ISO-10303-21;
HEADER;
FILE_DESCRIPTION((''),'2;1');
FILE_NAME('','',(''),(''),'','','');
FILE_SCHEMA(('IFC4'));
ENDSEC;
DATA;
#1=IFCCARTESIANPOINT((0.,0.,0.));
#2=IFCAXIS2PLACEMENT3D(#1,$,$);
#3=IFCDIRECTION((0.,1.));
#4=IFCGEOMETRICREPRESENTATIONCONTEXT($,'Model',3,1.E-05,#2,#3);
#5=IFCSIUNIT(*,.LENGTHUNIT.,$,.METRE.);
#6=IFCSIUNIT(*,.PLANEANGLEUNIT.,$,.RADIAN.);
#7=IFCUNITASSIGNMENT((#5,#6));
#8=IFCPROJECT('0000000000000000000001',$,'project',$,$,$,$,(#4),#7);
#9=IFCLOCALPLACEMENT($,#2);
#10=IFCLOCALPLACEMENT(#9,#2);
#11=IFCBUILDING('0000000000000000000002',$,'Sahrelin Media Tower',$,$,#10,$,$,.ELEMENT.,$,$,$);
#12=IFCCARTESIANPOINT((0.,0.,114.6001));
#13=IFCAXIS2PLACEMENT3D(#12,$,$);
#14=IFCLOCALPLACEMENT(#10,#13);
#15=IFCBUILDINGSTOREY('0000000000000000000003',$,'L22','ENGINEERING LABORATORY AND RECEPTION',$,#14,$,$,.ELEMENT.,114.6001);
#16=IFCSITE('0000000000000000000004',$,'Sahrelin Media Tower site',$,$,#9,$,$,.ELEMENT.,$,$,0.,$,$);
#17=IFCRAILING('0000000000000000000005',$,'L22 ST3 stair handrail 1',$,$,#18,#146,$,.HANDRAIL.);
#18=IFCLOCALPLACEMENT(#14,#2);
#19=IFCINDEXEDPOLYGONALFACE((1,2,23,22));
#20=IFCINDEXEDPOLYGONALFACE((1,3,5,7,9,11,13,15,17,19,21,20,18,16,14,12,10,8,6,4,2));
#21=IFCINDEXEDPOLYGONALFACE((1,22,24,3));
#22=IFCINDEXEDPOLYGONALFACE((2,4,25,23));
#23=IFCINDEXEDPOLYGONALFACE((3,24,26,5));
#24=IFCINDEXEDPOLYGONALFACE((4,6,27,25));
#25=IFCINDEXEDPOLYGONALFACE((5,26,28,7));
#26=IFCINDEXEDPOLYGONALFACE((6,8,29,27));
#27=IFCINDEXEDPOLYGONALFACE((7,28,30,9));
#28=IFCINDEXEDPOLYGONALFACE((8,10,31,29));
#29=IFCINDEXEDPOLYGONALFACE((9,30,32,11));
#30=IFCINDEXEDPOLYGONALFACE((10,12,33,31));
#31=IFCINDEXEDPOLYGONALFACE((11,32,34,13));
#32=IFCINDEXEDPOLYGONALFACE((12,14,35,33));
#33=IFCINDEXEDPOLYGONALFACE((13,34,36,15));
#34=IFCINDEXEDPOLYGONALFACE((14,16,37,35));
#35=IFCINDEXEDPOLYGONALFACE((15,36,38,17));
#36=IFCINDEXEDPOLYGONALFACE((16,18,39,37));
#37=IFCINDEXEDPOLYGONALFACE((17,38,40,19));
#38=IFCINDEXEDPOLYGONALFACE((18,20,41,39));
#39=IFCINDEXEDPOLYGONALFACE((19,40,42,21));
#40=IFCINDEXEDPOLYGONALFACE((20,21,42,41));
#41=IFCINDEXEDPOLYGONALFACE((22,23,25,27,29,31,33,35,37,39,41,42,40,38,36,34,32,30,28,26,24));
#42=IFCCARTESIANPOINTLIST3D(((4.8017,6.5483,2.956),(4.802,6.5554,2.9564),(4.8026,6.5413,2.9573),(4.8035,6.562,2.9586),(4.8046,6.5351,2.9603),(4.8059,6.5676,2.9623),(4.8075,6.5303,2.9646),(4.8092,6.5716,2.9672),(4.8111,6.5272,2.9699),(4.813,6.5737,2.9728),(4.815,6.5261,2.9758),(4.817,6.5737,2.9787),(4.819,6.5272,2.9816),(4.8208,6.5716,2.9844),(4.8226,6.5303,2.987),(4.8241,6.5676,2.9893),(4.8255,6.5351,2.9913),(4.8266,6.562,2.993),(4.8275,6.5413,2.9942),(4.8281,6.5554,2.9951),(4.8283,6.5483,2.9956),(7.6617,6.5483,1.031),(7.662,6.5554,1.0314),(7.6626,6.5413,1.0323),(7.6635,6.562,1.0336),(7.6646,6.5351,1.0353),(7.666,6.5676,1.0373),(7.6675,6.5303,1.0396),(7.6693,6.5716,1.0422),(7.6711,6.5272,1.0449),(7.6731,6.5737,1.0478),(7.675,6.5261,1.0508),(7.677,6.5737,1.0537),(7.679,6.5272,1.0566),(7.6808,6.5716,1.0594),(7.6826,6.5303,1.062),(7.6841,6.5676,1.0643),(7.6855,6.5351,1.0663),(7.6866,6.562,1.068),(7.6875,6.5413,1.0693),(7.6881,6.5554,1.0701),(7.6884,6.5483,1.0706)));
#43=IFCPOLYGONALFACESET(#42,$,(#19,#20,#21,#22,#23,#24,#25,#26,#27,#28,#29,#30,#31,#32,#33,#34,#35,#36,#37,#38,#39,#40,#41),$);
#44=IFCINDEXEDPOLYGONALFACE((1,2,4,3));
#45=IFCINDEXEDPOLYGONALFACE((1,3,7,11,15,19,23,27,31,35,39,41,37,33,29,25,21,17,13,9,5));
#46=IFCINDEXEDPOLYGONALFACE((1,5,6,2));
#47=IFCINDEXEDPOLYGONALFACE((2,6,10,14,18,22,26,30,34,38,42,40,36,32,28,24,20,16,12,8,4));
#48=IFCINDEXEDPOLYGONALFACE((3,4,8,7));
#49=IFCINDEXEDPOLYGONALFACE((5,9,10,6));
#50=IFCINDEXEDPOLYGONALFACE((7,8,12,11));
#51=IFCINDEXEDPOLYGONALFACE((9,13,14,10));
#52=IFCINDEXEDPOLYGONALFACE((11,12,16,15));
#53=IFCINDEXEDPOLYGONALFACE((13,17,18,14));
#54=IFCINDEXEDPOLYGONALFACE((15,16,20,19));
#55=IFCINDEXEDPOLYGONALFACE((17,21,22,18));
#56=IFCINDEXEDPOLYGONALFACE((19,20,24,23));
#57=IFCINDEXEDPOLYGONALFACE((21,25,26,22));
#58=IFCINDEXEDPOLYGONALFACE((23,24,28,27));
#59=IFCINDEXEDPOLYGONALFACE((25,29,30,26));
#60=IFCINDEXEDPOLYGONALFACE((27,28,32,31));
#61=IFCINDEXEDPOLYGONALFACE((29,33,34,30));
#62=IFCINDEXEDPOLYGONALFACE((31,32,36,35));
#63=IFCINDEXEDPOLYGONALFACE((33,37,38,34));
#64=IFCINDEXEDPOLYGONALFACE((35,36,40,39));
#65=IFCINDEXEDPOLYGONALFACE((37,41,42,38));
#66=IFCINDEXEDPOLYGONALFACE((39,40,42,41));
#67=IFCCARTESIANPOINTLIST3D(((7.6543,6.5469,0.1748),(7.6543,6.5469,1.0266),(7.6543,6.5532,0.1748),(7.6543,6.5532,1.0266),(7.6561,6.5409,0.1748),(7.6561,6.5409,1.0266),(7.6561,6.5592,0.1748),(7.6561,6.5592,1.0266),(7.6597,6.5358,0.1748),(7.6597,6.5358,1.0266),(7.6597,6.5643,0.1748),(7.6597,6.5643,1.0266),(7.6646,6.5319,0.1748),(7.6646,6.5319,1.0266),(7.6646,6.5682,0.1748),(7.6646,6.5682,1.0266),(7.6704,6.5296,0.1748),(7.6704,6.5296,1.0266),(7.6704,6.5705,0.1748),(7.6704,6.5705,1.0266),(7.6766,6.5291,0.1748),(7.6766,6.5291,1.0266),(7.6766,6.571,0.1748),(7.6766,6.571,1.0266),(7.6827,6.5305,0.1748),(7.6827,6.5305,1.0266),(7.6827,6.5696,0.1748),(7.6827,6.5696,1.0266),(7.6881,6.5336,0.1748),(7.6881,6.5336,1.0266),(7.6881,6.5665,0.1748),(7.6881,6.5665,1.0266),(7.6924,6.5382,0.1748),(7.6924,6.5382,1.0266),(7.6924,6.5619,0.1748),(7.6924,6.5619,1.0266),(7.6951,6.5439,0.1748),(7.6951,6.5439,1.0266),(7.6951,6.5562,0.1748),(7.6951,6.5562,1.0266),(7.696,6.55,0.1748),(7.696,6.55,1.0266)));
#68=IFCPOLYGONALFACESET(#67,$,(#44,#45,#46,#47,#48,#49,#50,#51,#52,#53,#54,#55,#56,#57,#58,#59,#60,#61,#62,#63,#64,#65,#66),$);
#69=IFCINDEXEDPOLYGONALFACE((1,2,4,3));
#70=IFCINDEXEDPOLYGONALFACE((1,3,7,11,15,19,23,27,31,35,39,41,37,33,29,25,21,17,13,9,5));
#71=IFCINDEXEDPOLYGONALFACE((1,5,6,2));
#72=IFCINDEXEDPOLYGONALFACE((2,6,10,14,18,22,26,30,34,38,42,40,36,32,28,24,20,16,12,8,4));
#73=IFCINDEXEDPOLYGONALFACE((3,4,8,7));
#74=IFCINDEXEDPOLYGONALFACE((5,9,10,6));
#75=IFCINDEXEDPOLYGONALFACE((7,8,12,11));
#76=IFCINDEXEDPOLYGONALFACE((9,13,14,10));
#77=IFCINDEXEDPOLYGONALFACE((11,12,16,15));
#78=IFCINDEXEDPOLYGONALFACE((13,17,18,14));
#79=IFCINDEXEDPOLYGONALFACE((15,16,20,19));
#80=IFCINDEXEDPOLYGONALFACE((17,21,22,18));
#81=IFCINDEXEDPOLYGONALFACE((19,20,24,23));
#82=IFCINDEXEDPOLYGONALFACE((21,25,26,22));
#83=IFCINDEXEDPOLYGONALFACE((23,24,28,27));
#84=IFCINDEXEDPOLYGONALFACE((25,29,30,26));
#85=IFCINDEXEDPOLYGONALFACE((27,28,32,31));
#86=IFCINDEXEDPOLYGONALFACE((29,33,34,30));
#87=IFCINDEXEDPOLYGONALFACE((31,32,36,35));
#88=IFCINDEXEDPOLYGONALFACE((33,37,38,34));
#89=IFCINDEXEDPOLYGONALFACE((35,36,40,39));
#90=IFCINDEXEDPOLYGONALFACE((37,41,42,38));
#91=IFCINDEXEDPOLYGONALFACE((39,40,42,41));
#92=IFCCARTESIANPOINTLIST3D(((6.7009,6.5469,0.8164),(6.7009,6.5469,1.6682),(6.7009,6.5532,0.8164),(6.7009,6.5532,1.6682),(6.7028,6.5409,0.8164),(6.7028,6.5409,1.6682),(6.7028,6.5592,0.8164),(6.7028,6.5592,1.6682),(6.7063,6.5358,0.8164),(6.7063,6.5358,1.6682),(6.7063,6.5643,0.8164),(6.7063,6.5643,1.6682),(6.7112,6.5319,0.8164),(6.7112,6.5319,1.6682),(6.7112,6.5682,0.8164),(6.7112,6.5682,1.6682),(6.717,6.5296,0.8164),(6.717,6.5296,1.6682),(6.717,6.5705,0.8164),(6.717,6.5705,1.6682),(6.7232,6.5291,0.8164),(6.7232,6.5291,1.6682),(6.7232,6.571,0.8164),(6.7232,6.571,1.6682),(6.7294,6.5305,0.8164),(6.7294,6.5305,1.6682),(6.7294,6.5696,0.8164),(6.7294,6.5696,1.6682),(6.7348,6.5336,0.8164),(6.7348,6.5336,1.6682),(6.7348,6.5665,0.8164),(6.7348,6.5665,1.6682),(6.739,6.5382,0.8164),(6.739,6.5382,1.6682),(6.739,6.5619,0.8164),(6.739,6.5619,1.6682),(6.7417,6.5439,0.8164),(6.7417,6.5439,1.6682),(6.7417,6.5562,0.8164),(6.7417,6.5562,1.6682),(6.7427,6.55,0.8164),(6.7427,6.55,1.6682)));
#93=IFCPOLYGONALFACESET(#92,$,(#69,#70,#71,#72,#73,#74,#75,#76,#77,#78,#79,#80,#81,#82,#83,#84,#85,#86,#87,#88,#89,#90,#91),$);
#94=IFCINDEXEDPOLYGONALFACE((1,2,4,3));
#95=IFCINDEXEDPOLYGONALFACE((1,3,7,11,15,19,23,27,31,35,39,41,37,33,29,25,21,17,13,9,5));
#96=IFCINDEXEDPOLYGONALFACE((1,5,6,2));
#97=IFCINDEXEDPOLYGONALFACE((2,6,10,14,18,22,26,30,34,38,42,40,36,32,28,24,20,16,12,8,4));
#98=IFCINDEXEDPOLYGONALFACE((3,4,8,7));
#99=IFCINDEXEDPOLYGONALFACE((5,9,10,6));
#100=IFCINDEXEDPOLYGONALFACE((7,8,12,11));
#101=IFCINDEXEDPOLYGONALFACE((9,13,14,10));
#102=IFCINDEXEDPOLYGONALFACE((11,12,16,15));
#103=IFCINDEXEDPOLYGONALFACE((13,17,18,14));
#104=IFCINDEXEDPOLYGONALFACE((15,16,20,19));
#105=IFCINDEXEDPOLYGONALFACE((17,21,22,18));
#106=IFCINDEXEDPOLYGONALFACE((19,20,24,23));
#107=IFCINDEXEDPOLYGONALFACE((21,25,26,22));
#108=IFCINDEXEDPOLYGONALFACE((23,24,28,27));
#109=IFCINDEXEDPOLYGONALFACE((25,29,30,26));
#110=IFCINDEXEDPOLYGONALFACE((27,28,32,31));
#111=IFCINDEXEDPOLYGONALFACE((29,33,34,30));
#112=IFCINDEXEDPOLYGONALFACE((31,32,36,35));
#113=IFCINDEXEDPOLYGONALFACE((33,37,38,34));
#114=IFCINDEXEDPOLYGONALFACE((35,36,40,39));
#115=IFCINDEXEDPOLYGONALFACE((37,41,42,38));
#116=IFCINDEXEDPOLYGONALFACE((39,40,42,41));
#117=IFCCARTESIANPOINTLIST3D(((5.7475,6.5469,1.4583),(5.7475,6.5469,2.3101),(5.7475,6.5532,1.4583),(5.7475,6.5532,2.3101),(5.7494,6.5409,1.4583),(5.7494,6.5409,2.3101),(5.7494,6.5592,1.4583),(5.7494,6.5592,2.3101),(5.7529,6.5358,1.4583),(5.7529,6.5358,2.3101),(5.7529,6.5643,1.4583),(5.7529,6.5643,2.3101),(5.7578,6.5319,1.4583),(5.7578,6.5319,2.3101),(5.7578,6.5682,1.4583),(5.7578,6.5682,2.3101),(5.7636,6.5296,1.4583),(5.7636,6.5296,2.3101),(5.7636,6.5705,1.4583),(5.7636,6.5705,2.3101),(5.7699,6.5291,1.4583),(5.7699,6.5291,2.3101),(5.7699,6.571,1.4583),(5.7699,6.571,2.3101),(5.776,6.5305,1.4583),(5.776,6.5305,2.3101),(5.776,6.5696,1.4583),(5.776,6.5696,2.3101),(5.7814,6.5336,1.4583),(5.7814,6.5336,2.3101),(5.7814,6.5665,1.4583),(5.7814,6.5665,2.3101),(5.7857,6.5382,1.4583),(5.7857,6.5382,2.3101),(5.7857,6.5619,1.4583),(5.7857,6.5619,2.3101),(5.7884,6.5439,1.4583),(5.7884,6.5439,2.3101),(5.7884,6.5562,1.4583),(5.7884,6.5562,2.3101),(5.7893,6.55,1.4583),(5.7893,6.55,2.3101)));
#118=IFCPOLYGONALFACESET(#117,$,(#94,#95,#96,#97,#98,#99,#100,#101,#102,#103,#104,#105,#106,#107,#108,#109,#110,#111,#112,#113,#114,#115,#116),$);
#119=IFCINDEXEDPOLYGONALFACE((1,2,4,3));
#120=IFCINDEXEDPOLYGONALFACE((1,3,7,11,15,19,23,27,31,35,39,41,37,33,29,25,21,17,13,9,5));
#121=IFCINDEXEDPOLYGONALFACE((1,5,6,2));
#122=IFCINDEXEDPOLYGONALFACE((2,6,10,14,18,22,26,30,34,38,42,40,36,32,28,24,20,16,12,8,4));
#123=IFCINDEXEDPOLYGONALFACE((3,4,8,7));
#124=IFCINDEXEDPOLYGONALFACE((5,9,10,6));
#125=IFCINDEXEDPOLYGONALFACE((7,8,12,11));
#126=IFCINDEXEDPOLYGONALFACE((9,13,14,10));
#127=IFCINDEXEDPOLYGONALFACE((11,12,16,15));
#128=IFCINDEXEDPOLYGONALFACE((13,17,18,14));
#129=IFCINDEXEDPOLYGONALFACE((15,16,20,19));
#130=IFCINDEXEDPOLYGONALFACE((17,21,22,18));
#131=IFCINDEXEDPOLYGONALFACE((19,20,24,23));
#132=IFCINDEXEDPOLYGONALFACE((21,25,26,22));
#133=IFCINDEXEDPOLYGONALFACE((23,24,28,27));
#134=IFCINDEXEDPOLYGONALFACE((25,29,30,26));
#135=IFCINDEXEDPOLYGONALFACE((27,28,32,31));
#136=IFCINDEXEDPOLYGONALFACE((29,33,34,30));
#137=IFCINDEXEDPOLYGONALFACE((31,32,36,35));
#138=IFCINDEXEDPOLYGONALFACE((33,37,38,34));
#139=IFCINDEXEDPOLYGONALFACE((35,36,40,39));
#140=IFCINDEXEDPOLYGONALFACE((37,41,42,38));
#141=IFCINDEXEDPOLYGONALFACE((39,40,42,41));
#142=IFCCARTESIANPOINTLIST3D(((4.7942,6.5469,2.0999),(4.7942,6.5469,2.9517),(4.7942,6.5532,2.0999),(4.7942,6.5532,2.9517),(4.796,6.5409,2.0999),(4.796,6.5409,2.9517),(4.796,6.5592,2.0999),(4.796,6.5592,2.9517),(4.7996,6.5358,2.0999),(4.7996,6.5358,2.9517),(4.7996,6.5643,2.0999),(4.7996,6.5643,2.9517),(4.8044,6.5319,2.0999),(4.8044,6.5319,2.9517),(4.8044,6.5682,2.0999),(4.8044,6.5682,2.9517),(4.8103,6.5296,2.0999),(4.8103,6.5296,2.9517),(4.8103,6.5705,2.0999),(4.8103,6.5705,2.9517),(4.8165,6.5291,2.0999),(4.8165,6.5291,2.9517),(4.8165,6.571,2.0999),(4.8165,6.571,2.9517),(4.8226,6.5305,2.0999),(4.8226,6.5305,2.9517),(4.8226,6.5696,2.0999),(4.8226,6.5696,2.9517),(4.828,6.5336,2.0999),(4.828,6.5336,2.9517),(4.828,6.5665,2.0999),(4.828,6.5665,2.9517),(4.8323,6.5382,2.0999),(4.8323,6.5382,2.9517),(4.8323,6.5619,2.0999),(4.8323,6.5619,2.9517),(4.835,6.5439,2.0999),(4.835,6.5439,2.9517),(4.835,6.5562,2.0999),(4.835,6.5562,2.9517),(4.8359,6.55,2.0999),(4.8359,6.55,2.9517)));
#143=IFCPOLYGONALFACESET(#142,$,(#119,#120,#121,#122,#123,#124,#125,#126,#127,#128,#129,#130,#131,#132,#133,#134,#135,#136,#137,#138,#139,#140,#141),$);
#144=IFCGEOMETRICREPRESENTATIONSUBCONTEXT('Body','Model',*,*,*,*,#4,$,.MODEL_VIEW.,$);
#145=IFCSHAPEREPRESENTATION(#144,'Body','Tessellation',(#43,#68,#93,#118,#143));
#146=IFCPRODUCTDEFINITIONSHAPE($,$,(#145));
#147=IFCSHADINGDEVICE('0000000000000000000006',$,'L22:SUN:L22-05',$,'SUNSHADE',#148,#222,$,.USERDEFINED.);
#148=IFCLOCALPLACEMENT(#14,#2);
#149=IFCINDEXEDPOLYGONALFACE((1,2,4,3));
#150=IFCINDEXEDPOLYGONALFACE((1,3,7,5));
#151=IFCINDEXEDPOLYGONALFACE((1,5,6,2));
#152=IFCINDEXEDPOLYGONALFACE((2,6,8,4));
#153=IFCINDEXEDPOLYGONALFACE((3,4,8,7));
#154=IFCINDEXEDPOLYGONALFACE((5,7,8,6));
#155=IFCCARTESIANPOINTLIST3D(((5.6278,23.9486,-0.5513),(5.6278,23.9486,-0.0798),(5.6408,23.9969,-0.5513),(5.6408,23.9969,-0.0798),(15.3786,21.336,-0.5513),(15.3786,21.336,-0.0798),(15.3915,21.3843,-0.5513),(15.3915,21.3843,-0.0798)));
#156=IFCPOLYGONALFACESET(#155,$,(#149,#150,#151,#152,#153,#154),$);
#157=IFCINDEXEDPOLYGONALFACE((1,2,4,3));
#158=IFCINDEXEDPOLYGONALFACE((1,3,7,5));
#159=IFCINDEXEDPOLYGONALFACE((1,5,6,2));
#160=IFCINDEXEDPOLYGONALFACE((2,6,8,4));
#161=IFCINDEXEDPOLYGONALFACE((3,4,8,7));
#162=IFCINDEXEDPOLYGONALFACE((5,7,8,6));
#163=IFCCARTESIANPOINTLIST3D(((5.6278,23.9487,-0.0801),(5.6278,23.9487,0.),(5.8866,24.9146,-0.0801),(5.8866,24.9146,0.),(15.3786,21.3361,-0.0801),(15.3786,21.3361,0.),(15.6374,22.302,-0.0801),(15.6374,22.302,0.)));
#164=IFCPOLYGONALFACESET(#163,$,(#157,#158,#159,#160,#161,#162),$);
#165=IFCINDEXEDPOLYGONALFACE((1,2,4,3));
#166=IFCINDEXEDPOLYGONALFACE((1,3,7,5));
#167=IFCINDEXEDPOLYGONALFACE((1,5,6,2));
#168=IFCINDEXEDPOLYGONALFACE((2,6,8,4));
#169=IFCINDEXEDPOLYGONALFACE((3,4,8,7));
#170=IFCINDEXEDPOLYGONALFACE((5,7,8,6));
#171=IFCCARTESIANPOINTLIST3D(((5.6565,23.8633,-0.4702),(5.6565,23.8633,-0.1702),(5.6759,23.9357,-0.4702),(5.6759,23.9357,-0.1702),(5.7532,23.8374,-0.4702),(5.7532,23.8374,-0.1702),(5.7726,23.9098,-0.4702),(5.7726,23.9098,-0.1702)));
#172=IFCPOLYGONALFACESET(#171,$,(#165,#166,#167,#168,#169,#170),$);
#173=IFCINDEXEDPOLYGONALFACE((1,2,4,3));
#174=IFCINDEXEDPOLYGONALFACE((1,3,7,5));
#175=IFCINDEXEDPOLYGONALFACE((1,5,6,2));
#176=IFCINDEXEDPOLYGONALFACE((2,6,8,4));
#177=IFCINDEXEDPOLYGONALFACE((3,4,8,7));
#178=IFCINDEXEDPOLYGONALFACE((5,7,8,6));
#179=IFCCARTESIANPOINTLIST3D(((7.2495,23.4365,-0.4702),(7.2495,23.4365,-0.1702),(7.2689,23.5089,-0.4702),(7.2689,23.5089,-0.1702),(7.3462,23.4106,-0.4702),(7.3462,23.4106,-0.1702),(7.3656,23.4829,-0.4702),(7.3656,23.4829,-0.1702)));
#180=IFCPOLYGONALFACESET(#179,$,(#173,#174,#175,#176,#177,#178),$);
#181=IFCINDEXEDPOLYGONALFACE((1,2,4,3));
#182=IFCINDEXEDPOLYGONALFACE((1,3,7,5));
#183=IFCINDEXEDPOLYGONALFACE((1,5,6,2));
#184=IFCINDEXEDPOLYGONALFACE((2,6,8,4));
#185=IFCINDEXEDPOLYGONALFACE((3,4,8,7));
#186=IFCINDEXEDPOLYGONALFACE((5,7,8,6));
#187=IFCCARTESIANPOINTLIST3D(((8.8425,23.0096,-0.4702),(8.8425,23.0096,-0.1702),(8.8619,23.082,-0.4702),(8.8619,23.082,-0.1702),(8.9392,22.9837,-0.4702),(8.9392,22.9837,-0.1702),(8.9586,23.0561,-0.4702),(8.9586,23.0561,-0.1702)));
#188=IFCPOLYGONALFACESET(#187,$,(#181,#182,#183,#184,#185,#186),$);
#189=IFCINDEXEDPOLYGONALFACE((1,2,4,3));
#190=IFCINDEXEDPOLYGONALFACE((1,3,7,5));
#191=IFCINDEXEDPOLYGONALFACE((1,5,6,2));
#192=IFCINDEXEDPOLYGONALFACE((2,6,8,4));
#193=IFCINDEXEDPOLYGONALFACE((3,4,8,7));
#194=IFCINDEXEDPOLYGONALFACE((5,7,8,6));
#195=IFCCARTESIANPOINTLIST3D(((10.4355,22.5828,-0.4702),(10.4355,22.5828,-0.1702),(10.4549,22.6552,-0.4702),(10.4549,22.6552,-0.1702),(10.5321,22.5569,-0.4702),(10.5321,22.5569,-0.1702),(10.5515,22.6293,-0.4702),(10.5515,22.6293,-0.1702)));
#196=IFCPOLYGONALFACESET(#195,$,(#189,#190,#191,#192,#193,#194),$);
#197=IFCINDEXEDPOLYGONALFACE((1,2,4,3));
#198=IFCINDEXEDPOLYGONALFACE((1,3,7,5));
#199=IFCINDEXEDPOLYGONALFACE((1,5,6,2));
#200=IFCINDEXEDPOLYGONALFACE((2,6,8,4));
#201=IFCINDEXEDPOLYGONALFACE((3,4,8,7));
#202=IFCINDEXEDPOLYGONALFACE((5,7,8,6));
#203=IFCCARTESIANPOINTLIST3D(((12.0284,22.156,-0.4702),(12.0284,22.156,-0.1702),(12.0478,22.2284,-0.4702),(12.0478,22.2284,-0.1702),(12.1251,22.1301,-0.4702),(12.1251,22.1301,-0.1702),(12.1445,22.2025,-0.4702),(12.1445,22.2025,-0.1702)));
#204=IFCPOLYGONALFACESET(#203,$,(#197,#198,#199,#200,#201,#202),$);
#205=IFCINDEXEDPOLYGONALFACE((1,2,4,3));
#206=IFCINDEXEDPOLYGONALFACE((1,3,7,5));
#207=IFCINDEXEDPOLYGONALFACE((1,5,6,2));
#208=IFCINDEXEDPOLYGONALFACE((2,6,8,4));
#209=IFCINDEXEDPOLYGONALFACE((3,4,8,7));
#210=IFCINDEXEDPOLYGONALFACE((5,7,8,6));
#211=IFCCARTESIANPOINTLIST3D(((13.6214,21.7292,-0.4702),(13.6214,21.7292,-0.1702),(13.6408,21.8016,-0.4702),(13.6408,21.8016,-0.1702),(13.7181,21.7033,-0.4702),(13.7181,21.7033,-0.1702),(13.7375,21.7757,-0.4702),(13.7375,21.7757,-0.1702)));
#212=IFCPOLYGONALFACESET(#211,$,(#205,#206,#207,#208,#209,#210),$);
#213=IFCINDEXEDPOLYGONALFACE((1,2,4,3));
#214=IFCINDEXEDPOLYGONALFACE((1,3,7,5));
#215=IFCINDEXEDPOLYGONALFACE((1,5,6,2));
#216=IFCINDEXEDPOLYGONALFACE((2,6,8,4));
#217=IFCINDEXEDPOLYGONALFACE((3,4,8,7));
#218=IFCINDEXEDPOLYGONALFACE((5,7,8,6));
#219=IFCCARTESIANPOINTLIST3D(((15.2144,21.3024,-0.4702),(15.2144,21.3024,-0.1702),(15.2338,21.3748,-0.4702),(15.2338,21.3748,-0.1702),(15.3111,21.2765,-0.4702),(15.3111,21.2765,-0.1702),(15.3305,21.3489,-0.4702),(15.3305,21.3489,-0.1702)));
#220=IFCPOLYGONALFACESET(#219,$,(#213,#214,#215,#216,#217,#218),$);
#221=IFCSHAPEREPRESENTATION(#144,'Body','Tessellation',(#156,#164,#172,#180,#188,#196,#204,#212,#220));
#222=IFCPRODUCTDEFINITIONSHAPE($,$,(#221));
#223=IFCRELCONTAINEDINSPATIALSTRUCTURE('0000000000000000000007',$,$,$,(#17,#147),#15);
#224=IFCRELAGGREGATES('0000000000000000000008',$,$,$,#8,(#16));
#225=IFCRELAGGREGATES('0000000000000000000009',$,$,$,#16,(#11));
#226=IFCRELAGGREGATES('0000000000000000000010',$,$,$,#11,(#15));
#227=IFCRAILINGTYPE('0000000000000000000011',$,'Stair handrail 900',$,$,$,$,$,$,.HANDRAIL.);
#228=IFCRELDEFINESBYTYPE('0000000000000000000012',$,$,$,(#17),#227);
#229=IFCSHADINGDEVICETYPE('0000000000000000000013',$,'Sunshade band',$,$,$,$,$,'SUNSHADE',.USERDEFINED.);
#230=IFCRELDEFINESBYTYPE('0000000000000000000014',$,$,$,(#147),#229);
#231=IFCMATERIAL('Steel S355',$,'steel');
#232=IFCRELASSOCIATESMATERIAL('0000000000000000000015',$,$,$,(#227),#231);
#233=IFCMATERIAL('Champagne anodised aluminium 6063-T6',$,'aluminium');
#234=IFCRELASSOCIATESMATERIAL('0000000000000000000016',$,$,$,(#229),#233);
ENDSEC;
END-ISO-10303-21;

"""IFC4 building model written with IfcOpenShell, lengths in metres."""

from ifc_helpers import new_model, si_unit, direction, frame, origin, origin_2d, place, context, subcontext, project, spatial, rectangle, circle, extrude, material, type_object, element, save


model = new_model("IFC4")

# Units and contexts
model_context = context("Model", 3, precision=1e-05, world=origin(), true_north=direction((0.0, 1.0)))
body_context = subcontext(model_context, "Body", "Model", "MODEL_VIEW")
ifc_project = project(units=[si_unit("LENGTHUNIT", "METRE"), si_unit("PLANEANGLEUNIT", "RADIAN")], contexts=[model_context])

# Site, building, storey
site_placement = place(None, origin())
site = spatial("IfcSite", under=ifc_project, at=site_placement, Name="Sahrelin Media Tower site", CompositionType="ELEMENT", RefElevation=0.0)
building_placement = place(site_placement, origin())
building = spatial("IfcBuilding", under=site, at=building_placement, Name="Sahrelin Media Tower", CompositionType="ELEMENT")
storey_placement = place(building_placement, frame((0.0, 0.0, 114.6001)))
storey = spatial("IfcBuildingStorey", under=building, at=storey_placement, Name="L22", Description="ENGINEERING LABORATORY AND RECEPTION", CompositionType="ELEMENT", Elevation=114.6001)

# Shared definitions
ifc_material_1 = material(Name="Steel S355", Category="steel")

# Shared definitions
ifc_material_2 = material(Name="Champagne anodised aluminium 6063-T6", Category="aluminium")

# Shared definitions
placement_1 = place(storey_placement, frame((10.498, 22.623, 0.0), z_axis=(0.0, 0.0, 1.0), x_axis=(0.965929, -0.258808, 0.0)))

# Railing
railing_type = type_object("IfcRailingType", Name="Stair handrail 900", PredefinedType="HANDRAIL", material=ifc_material_1)
railing_placement = place(storey_placement, frame((7.675, 6.55, 0.1748)))
element("IfcRailing", 1, at=railing_placement, inside=storey, type_object=railing_type, Name="L22 ST3 stair handrail 1", PredefinedType="HANDRAIL", context=body_context, shape_type="SweptSolid", body=[
    extrude(circle(Radius=0.0239, at=origin_2d()), frame((0.0, 0.0, 0.876), z_axis=(-0.829591, 0.0, 0.558372), x_axis=(0.0, -1.0, 0.0)), (0.0, 0.0, 1.0), 3.4475),
    extrude(circle(Radius=0.021, at=origin_2d()), origin(), (0.0, 0.0, 1.0), 0.8518),
    extrude(circle(Radius=0.021, at=origin_2d()), frame((-0.9534, 0.0, 0.6416)), (0.0, 0.0, 1.0), 0.8518),
    extrude(circle(Radius=0.021, at=origin_2d()), frame((-1.9067, 0.0, 1.2834)), (0.0, 0.0, 1.0), 0.8518),
    extrude(circle(Radius=0.021, at=origin_2d()), frame((-2.8601, 0.0, 1.925)), (0.0, 0.0, 1.0), 0.8518),
])

# Shading device
shading_device_type_1 = type_object("IfcShadingDeviceType", Name="Sunshade band", ElementType="SUNSHADE", PredefinedType="USERDEFINED", material=ifc_material_2)
element("IfcShadingDevice", 2, at=placement_1, inside=storey, type_object=shading_device_type_1, Name="L22:SUN:L22-05", ObjectType="SUNSHADE", PredefinedType="USERDEFINED", context=body_context, shape_type="SweptSolid", body=[
    extrude(rectangle(XDim=10.0947, YDim=0.05, at=origin_2d()), frame((0.0, 0.0449, -0.5513)), (0.0, 0.0, 1.0), 0.4714),
    extrude(rectangle(XDim=10.0947, YDim=1.0, at=origin_2d()), frame((0.0, 0.52, -0.0801)), (0.0, 0.0, 1.0), 0.0801),
    extrude(rectangle(XDim=0.1001, YDim=0.075, at=origin_2d()), frame((-4.9475, -0.0176, -0.4702)), (0.0, 0.0, 1.0), 0.3),
    extrude(rectangle(XDim=0.1001, YDim=0.075, at=origin_2d()), frame((-3.2983, -0.0176, -0.4702)), (0.0, 0.0, 1.0), 0.3),
    extrude(rectangle(XDim=0.1001, YDim=0.075, at=origin_2d()), frame((-1.6492, -0.0176, -0.4702)), (0.0, 0.0, 1.0), 0.3),
    extrude(rectangle(XDim=0.1001, YDim=0.075, at=origin_2d()), frame((0.0, -0.0176, -0.4702)), (0.0, 0.0, 1.0), 0.3),
    extrude(rectangle(XDim=0.1001, YDim=0.075, at=origin_2d()), frame((1.6492, -0.0176, -0.4702)), (0.0, 0.0, 1.0), 0.3),
    extrude(rectangle(XDim=0.1001, YDim=0.075, at=origin_2d()), frame((3.2983, -0.0176, -0.4702)), (0.0, 0.0, 1.0), 0.3),
    extrude(rectangle(XDim=0.1001, YDim=0.075, at=origin_2d()), frame((4.9475, -0.0176, -0.4702)), (0.0, 0.0, 1.0), 0.3),
])

save(model, "model.ifc")
